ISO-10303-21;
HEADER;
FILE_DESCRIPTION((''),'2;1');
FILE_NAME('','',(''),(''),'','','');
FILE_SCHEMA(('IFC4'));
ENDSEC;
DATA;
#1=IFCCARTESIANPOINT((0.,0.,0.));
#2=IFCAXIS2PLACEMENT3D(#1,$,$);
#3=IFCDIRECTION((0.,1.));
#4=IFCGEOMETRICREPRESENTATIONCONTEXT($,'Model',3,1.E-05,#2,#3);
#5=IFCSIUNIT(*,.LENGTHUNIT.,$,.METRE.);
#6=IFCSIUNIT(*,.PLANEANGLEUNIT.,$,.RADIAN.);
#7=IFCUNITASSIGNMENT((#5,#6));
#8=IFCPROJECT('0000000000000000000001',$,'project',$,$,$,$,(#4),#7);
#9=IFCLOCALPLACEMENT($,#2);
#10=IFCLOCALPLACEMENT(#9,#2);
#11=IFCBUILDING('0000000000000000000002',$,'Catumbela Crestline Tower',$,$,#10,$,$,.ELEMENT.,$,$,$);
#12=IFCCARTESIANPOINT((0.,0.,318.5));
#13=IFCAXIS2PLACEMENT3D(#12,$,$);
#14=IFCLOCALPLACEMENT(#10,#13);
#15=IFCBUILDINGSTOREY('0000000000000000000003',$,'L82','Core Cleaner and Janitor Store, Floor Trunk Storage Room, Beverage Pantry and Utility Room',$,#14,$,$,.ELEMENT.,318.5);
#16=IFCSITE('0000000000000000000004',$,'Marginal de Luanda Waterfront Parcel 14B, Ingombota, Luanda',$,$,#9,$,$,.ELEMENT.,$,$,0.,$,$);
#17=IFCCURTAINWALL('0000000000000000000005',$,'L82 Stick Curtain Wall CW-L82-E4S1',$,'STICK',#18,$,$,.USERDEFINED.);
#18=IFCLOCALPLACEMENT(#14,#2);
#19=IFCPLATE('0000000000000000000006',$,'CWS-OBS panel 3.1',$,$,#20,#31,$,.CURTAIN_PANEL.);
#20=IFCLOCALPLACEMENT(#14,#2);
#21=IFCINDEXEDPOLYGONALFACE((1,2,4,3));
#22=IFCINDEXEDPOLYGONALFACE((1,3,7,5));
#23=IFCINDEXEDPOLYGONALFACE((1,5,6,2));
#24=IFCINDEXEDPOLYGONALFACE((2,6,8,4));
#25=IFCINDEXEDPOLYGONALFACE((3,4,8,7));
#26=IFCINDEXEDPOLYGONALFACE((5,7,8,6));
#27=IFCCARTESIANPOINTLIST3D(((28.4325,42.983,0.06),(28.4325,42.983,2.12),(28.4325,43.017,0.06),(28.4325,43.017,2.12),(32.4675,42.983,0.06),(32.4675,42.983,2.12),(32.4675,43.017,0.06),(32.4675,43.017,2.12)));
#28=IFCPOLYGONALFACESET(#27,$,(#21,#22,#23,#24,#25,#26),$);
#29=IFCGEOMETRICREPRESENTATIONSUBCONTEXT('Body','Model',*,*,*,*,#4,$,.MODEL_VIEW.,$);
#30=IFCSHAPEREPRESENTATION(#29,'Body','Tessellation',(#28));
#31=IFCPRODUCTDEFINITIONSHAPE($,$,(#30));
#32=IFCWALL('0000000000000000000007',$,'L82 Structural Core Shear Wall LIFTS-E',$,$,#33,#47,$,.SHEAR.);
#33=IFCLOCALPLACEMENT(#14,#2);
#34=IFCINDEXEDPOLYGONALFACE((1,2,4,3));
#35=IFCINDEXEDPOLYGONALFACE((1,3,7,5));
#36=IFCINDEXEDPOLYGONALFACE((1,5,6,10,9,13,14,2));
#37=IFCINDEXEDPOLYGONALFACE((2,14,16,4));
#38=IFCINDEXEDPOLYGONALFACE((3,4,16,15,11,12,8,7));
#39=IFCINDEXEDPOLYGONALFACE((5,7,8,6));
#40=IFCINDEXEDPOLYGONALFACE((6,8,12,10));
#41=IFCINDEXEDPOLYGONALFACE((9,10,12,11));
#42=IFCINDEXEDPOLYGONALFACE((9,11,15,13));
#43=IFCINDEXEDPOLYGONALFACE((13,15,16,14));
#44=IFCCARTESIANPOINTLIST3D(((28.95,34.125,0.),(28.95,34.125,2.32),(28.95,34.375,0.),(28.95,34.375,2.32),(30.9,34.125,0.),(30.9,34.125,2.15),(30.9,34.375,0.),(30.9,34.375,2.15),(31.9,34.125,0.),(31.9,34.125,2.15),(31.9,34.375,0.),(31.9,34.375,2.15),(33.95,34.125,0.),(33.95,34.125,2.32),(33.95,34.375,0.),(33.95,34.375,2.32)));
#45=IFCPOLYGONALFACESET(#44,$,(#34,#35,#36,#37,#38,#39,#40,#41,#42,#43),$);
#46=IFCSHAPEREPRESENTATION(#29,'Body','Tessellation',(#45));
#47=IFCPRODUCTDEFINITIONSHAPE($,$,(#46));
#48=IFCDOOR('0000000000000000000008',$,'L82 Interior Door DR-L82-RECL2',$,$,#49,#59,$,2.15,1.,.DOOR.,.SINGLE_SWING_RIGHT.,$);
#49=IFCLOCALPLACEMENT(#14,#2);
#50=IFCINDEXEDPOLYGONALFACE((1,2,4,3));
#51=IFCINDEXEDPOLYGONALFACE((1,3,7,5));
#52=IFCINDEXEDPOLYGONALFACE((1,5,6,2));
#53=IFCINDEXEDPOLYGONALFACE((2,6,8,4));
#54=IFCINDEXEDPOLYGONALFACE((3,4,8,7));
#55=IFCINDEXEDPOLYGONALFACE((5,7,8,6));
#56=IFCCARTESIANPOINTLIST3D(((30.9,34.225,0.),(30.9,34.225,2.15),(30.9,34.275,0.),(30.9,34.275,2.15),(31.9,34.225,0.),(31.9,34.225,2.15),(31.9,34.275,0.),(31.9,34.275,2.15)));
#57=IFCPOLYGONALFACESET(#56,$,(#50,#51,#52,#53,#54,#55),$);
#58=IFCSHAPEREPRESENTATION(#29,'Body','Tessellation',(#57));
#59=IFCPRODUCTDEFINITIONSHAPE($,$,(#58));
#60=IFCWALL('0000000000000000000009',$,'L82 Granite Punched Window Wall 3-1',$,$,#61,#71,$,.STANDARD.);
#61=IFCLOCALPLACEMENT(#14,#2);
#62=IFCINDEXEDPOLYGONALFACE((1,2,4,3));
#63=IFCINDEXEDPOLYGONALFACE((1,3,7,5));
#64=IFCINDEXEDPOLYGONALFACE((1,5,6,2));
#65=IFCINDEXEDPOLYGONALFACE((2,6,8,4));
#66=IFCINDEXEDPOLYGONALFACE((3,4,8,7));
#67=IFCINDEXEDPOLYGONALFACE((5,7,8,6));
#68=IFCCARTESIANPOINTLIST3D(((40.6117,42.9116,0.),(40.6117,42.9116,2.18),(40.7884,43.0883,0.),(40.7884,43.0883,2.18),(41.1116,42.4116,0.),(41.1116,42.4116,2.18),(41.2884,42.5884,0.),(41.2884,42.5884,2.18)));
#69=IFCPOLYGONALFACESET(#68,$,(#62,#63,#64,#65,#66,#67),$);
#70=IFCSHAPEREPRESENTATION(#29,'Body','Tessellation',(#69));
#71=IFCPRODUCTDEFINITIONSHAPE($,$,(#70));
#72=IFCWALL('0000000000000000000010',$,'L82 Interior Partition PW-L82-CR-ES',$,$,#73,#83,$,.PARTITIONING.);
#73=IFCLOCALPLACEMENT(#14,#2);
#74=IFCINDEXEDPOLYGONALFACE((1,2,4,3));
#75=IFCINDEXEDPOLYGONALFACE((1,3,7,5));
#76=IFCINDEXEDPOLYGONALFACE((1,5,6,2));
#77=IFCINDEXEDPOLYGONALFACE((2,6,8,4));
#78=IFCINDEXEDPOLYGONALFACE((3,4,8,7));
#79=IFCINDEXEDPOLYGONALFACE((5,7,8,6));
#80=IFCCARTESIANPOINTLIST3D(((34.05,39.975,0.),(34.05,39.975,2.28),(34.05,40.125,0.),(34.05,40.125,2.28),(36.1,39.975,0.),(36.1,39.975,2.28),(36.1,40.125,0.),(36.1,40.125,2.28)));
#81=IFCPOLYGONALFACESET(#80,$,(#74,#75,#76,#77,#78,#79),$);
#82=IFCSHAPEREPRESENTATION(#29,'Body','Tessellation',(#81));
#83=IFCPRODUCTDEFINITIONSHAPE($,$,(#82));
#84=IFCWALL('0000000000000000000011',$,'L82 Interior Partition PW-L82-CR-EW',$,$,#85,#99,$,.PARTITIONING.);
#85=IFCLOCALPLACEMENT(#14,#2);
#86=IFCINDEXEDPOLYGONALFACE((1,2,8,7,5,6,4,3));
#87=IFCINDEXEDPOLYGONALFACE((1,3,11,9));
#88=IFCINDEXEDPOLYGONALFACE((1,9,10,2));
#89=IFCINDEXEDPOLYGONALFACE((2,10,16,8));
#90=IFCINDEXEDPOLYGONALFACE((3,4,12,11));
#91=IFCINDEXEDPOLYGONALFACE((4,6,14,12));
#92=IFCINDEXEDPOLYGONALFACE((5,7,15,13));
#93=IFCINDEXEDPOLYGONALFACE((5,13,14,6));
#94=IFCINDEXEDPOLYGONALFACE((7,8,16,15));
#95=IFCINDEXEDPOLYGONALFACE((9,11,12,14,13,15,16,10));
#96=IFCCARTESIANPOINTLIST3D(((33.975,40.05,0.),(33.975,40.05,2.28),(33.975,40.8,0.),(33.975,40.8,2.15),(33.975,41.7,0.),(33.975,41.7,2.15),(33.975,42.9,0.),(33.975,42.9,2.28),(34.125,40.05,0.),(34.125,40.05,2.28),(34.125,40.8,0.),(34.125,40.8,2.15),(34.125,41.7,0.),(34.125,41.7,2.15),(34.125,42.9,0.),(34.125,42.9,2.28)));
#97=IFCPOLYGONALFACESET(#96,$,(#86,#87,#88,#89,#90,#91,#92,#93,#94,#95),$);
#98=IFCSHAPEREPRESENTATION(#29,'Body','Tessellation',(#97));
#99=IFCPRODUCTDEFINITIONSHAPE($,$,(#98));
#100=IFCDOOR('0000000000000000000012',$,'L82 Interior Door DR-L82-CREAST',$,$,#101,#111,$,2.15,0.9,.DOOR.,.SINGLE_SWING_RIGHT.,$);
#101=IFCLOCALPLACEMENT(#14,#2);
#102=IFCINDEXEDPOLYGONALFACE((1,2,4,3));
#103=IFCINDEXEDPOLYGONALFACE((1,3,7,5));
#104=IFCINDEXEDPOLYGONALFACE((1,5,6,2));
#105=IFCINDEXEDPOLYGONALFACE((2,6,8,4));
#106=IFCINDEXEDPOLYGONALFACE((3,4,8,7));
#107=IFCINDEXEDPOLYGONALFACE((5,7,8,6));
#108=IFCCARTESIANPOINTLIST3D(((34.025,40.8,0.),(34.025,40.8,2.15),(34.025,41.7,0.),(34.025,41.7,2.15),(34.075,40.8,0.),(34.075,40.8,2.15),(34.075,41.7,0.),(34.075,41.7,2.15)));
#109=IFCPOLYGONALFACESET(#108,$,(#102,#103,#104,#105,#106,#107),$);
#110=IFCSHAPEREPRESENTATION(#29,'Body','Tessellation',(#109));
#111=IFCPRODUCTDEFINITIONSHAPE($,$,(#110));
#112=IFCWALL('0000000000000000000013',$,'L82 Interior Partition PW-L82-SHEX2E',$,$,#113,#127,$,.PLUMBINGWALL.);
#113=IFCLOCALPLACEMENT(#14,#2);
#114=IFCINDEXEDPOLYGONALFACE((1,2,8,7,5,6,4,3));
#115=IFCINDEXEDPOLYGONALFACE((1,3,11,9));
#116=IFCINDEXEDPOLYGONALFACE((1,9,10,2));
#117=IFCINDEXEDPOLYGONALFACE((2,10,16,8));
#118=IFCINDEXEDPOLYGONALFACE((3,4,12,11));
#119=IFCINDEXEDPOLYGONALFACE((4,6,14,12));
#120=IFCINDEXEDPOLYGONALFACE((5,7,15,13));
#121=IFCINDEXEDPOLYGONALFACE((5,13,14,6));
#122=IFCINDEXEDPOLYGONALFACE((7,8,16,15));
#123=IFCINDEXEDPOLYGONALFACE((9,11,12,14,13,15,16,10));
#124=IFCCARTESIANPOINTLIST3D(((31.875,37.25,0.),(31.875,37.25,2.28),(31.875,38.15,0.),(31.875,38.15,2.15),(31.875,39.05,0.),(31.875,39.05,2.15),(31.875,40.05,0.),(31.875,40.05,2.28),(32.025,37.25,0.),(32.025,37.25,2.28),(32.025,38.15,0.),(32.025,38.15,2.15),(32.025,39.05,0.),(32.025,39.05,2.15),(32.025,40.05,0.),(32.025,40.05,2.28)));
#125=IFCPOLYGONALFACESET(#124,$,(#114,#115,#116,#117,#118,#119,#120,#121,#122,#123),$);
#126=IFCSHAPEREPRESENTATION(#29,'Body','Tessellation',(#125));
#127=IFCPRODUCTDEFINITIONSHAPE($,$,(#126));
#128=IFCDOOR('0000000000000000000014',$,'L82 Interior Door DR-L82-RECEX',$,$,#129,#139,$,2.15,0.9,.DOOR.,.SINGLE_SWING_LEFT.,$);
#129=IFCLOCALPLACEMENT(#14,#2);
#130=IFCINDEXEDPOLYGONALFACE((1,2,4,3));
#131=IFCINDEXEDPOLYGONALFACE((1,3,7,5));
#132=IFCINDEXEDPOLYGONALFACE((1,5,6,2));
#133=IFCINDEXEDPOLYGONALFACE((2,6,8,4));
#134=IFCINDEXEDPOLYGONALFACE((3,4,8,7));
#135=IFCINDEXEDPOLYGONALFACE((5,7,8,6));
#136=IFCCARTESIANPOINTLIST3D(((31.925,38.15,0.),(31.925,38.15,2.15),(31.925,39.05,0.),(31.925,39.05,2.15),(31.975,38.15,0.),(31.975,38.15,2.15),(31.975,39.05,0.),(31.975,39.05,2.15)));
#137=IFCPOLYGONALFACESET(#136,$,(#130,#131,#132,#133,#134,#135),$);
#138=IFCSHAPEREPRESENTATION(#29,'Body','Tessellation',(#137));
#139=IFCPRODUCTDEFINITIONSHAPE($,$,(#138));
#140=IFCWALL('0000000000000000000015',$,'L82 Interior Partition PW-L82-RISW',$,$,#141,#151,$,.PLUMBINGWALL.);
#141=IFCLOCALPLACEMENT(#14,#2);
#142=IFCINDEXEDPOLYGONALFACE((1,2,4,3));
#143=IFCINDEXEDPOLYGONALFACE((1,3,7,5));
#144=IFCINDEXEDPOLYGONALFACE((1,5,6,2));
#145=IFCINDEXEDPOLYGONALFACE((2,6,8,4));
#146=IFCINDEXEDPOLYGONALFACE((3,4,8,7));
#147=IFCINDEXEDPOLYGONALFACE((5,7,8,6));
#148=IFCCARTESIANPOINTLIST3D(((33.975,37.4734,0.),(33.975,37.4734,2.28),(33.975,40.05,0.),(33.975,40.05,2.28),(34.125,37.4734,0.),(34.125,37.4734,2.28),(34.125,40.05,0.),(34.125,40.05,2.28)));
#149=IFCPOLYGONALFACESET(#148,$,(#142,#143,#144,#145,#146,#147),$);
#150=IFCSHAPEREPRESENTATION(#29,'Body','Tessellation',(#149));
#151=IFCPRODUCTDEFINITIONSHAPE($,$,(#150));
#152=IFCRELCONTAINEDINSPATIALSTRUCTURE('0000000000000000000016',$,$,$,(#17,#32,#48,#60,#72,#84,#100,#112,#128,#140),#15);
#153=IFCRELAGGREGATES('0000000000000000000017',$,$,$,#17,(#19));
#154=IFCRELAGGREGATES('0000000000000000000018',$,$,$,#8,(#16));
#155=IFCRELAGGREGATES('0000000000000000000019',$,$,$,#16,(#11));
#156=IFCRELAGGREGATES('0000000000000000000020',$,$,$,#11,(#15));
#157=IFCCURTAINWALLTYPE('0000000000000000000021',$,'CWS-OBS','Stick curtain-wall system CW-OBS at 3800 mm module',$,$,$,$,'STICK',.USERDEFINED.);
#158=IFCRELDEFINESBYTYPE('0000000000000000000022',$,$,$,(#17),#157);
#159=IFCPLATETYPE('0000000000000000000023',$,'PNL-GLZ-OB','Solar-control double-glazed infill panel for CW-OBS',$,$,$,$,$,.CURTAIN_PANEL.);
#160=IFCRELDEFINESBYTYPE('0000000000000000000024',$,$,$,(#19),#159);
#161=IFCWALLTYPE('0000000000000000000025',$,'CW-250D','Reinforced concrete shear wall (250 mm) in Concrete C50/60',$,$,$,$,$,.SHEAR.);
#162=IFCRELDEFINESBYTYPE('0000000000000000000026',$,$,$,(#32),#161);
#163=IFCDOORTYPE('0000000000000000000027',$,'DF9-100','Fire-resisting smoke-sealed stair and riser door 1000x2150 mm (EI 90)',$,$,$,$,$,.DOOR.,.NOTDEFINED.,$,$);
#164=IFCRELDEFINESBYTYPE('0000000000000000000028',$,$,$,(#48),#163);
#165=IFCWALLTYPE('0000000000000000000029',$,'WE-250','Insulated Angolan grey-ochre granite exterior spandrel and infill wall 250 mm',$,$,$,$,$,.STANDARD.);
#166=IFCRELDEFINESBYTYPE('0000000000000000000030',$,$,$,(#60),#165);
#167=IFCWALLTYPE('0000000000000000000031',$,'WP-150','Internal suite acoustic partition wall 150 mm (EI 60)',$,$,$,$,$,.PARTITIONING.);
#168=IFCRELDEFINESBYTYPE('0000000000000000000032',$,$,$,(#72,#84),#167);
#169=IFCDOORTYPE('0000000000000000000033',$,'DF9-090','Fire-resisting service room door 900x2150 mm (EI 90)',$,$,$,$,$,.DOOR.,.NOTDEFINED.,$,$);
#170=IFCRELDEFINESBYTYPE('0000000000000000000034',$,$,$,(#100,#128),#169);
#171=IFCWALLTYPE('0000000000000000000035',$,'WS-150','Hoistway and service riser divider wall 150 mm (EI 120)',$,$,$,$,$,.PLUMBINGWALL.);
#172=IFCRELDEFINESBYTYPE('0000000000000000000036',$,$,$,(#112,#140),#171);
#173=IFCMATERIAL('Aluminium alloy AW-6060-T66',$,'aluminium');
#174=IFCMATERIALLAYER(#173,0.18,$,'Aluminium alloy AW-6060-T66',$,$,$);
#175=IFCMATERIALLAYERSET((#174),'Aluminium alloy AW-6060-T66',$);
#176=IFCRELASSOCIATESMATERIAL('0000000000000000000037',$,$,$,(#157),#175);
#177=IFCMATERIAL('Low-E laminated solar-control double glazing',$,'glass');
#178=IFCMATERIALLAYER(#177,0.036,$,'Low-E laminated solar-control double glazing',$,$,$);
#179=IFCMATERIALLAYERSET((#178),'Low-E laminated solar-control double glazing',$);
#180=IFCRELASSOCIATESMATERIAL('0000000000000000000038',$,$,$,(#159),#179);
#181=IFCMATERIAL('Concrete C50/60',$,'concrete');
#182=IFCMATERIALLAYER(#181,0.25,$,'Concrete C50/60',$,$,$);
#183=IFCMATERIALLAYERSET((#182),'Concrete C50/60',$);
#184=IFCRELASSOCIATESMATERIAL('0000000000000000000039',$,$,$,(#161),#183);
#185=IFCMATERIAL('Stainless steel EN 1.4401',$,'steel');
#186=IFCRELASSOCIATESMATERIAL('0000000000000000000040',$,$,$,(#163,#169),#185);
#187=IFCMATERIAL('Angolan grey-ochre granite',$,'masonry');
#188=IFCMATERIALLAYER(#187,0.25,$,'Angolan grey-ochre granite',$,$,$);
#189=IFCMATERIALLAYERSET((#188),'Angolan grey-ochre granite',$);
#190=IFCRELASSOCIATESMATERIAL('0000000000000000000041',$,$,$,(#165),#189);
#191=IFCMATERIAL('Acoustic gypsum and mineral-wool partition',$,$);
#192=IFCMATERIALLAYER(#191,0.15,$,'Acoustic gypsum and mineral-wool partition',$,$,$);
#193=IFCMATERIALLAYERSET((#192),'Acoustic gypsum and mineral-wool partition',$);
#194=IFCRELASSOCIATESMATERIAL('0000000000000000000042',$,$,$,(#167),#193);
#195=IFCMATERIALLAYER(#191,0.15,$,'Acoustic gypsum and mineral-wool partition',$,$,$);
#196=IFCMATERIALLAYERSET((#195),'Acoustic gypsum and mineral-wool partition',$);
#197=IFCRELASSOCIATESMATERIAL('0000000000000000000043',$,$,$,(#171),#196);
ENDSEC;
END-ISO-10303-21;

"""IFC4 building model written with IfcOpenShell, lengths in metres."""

from ifc_helpers import new_model, si_unit, direction, frame, frame_2d, origin, origin_2d, place, context, subcontext, project, spatial, rectangle, extrude, material, layer, layer_set, type_object, element, fill, aggregate, save


model = new_model("IFC4")

# Units and contexts
model_context = context("Model", 3, precision=1e-05, world=origin(), true_north=direction((0.0, 1.0)))
body_context = subcontext(model_context, "Body", "Model", "MODEL_VIEW")
ifc_project = project(units=[si_unit("LENGTHUNIT", "METRE"), si_unit("PLANEANGLEUNIT", "RADIAN")], contexts=[model_context])

# Site, building, storey
site_placement = place(None, origin())
site = spatial("IfcSite", under=ifc_project, at=site_placement, Name="Marginal de Luanda Waterfront Parcel 14B, Ingombota, Luanda", CompositionType="ELEMENT", RefElevation=0.0)
building_placement = place(site_placement, origin())
building = spatial("IfcBuilding", under=site, at=building_placement, Name="Catumbela Crestline Tower", CompositionType="ELEMENT")
storey_placement = place(building_placement, frame((0.0, 0.0, 318.5)))
storey = spatial("IfcBuildingStorey", under=building, at=storey_placement, Name="L82", Description="Core Cleaner and Janitor Store, Floor Trunk Storage Room, Beverage Pantry and Utility Room", CompositionType="ELEMENT", Elevation=318.5)

# Curtain wall
ifc_material_1 = material(Name="Aluminium alloy AW-6060-T66", Category="aluminium")
ifc_layer_1 = layer(ifc_material_1, 0.18, Name="Aluminium alloy AW-6060-T66")
ifc_layer_set_1 = layer_set([ifc_layer_1], Name="Aluminium alloy AW-6060-T66")
curtain_wall_type = type_object("IfcCurtainWallType", Name="CWS-OBS", Description="Stick curtain-wall system CW-OBS at 3800 mm module", ElementType="STICK", PredefinedType="USERDEFINED", material=ifc_layer_set_1)
curtain_wall_1_placement = place(storey_placement, origin())
curtain_wall_1 = element("IfcCurtainWall", 1, at=curtain_wall_1_placement, inside=storey, type_object=curtain_wall_type, Name="L82 Stick Curtain Wall CW-L82-E4S1", ObjectType="STICK", PredefinedType="USERDEFINED")

# Plate
ifc_material_2 = material(Name="Low-E laminated solar-control double glazing", Category="glass")
ifc_layer_2 = layer(ifc_material_2, 0.036, Name="Low-E laminated solar-control double glazing")
ifc_layer_set_2 = layer_set([ifc_layer_2], Name="Low-E laminated solar-control double glazing")
plate_type = type_object("IfcPlateType", Name="PNL-GLZ-OB", Description="Solar-control double-glazed infill panel for CW-OBS", PredefinedType="CURTAIN_PANEL", material=ifc_layer_set_2)
plate_1_placement = place(storey_placement, frame((30.45, 43.0, 0.06), z_axis=(0.0, 0.0, 1.0), x_axis=(-1.0, 0.0, 0.0)))
plate_1 = element("IfcPlate", 2, at=plate_1_placement, type_object=plate_type, Name="CWS-OBS panel 3.1", PredefinedType="CURTAIN_PANEL", context=body_context, shape_type="SweptSolid", body=[
    extrude(rectangle(XDim=4.035, YDim=0.034, at=origin_2d()), origin(), (0.0, 0.0, 1.0), 2.06),
])
aggregate(curtain_wall_1, [plate_1])

# Wall, opening, door
ifc_material_3 = material(Name="Concrete C50/60", Category="concrete")
ifc_layer_3 = layer(ifc_material_3, 0.25, Name="Concrete C50/60")
ifc_layer_set_3 = layer_set([ifc_layer_3], Name="Concrete C50/60")
wall_type_1 = type_object("IfcWallType", Name="CW-250D", Description="Reinforced concrete shear wall (250 mm) in Concrete C50/60", PredefinedType="SHEAR", material=ifc_layer_set_3)
wall_1_placement = place(storey_placement, frame((28.95, 34.25, 0.0), z_axis=(0.0, 0.0, 1.0), x_axis=(1.0, 0.0, 0.0)))
wall_1 = element("IfcWall", 3, at=wall_1_placement, inside=storey, type_object=wall_type_1, Name="L82 Structural Core Shear Wall LIFTS-E", PredefinedType="SHEAR", context=body_context, shape_type="SweptSolid", body=[
    extrude(rectangle(XDim=5.0, YDim=0.25, at=frame_2d((2.5, 0.0))), origin(), (0.0, 0.0, 1.0), 2.32),
])
opening_1_placement = place(wall_1_placement, frame((1.95, 0.0, 0.0)))
opening_1 = element("IfcOpeningElement", 4, at=opening_1_placement, cuts=wall_1, PredefinedType="OPENING", context=body_context, shape_type="SweptSolid", body=[
    extrude(rectangle(XDim=1.0, YDim=2.15, at=frame_2d((0.5, 1.075))), frame((0.0, 0.135, 0.0), z_axis=(0.0, -1.0, 0.0), x_axis=(1.0, 0.0, 0.0)), (0.0, 0.0, 1.0), 0.27),
])
ifc_material_4 = material(Name="Stainless steel EN 1.4401", Category="steel")
door_type_1 = type_object("IfcDoorType", Name="DF9-100", Description="Fire-resisting smoke-sealed stair and riser door 1000x2150 mm (EI 90)", OperationType="NOTDEFINED", PredefinedType="DOOR", material=ifc_material_4)
door_1_placement = place(opening_1_placement, origin())
door_1 = element("IfcDoor", 5, at=door_1_placement, inside=storey, type_object=door_type_1, Name="L82 Interior Door DR-L82-RECL2", OperationType="SINGLE_SWING_RIGHT", OverallHeight=2.15, OverallWidth=1.0, PredefinedType="DOOR", context=body_context, shape_type="SweptSolid", body=[
    extrude(rectangle(XDim=1.0, YDim=2.15, at=frame_2d((0.5, 1.075))), frame((0.0, 0.025, 0.0), z_axis=(0.0, -1.0, 0.0), x_axis=(1.0, 0.0, 0.0)), (0.0, 0.0, 1.0), 0.05),
])
fill(opening_1, door_1)

# Walls
ifc_material_5 = material(Name="Angolan grey-ochre granite", Category="masonry")
ifc_layer_4 = layer(ifc_material_5, 0.25, Name="Angolan grey-ochre granite")
ifc_layer_set_4 = layer_set([ifc_layer_4], Name="Angolan grey-ochre granite")
wall_type_2 = type_object("IfcWallType", Name="WE-250", Description="Insulated Angolan grey-ochre granite exterior spandrel and infill wall 250 mm", PredefinedType="STANDARD", material=ifc_layer_set_4)
wall_2_placement = place(storey_placement, frame((41.2, 42.5, 0.0), z_axis=(0.0, 0.0, 1.0), x_axis=(-0.707107, 0.707107, 0.0)))
element("IfcWall", 6, at=wall_2_placement, inside=storey, type_object=wall_type_2, Name="L82 Granite Punched Window Wall 3-1", PredefinedType="STANDARD", context=body_context, shape_type="SweptSolid", body=[
    extrude(rectangle(XDim=0.7071, YDim=0.25, at=frame_2d((0.3535, 0.0))), origin(), (0.0, 0.0, 1.0), 2.18),
])
ifc_material_6 = material(Name="Acoustic gypsum and mineral-wool partition")
ifc_layer_5 = layer(ifc_material_6, 0.15, Name="Acoustic gypsum and mineral-wool partition")
ifc_layer_set_5 = layer_set([ifc_layer_5], Name="Acoustic gypsum and mineral-wool partition")
wall_type_3 = type_object("IfcWallType", Name="WP-150", Description="Internal suite acoustic partition wall 150 mm (EI 60)", PredefinedType="PARTITIONING", material=ifc_layer_set_5)
wall_3_placement = place(storey_placement, frame((34.05, 40.05, 0.0), z_axis=(0.0, 0.0, 1.0), x_axis=(1.0, 0.0, 0.0)))
element("IfcWall", 7, at=wall_3_placement, inside=storey, type_object=wall_type_3, Name="L82 Interior Partition PW-L82-CR-ES", PredefinedType="PARTITIONING", context=body_context, shape_type="SweptSolid", body=[
    extrude(rectangle(XDim=2.05, YDim=0.15, at=frame_2d((1.025, 0.0))), origin(), (0.0, 0.0, 1.0), 2.28),
])

# Walls, openings, doors
wall_4_placement = place(storey_placement, frame((34.05, 40.05, 0.0), z_axis=(0.0, 0.0, 1.0), x_axis=(0.0, 1.0, 0.0)))
wall_4 = element("IfcWall", 8, at=wall_4_placement, inside=storey, type_object=wall_type_3, Name="L82 Interior Partition PW-L82-CR-EW", PredefinedType="PARTITIONING", context=body_context, shape_type="SweptSolid", body=[
    extrude(rectangle(XDim=2.85, YDim=0.15, at=frame_2d((1.425, 0.0))), origin(), (0.0, 0.0, 1.0), 2.28),
])
opening_2_placement = place(wall_4_placement, frame((0.75, 0.0, 0.0)))
opening_2 = element("IfcOpeningElement", 9, at=opening_2_placement, cuts=wall_4, PredefinedType="OPENING", context=body_context, shape_type="SweptSolid", body=[
    extrude(rectangle(XDim=0.9, YDim=2.15, at=frame_2d((0.45, 1.075))), frame((0.0, 0.085, 0.0), z_axis=(0.0, -1.0, 0.0), x_axis=(1.0, 0.0, 0.0)), (0.0, 0.0, 1.0), 0.17),
])
door_type_2 = type_object("IfcDoorType", Name="DF9-090", Description="Fire-resisting service room door 900x2150 mm (EI 90)", OperationType="NOTDEFINED", PredefinedType="DOOR", material=ifc_material_4)
door_2_placement = place(opening_2_placement, origin())
door_2 = element("IfcDoor", 10, at=door_2_placement, inside=storey, type_object=door_type_2, Name="L82 Interior Door DR-L82-CREAST", OperationType="SINGLE_SWING_RIGHT", OverallHeight=2.15, OverallWidth=0.9, PredefinedType="DOOR", context=body_context, shape_type="SweptSolid", body=[
    extrude(rectangle(XDim=0.9, YDim=2.15, at=frame_2d((0.45, 1.075))), frame((0.0, 0.025, 0.0), z_axis=(0.0, -1.0, 0.0), x_axis=(1.0, 0.0, 0.0)), (0.0, 0.0, 1.0), 0.05),
])
fill(opening_2, door_2)
ifc_layer_6 = layer(ifc_material_6, 0.15, Name="Acoustic gypsum and mineral-wool partition")
ifc_layer_set_6 = layer_set([ifc_layer_6], Name="Acoustic gypsum and mineral-wool partition")
wall_type_4 = type_object("IfcWallType", Name="WS-150", Description="Hoistway and service riser divider wall 150 mm (EI 120)", PredefinedType="PLUMBINGWALL", material=ifc_layer_set_6)
wall_5_placement = place(storey_placement, frame((31.95, 37.25, 0.0), z_axis=(0.0, 0.0, 1.0), x_axis=(0.0, 1.0, 0.0)))
wall_5 = element("IfcWall", 11, at=wall_5_placement, inside=storey, type_object=wall_type_4, Name="L82 Interior Partition PW-L82-SHEX2E", PredefinedType="PLUMBINGWALL", context=body_context, shape_type="SweptSolid", body=[
    extrude(rectangle(XDim=2.8, YDim=0.15, at=frame_2d((1.4, 0.0))), origin(), (0.0, 0.0, 1.0), 2.28),
])
opening_3_placement = place(wall_5_placement, frame((0.9, 0.0, 0.0)))
opening_3 = element("IfcOpeningElement", 12, at=opening_3_placement, cuts=wall_5, PredefinedType="OPENING", context=body_context, shape_type="SweptSolid", body=[
    extrude(rectangle(XDim=0.9, YDim=2.15, at=frame_2d((0.45, 1.075))), frame((0.0, 0.085, 0.0), z_axis=(0.0, -1.0, 0.0), x_axis=(1.0, 0.0, 0.0)), (0.0, 0.0, 1.0), 0.17),
])
door_3_placement = place(opening_3_placement, origin())
door_3 = element("IfcDoor", 13, at=door_3_placement, inside=storey, type_object=door_type_2, Name="L82 Interior Door DR-L82-RECEX", OperationType="SINGLE_SWING_LEFT", OverallHeight=2.15, OverallWidth=0.9, PredefinedType="DOOR", context=body_context, shape_type="SweptSolid", body=[
    extrude(rectangle(XDim=0.9, YDim=2.15, at=frame_2d((0.45, 1.075))), frame((0.0, 0.025, 0.0), z_axis=(0.0, -1.0, 0.0), x_axis=(1.0, 0.0, 0.0)), (0.0, 0.0, 1.0), 0.05),
])
fill(opening_3, door_3)

# Wall
wall_6_placement = place(storey_placement, frame((34.05, 37.4734, 0.0), z_axis=(0.0, 0.0, 1.0), x_axis=(0.0, 1.0, 0.0)))
element("IfcWall", 14, at=wall_6_placement, inside=storey, type_object=wall_type_4, Name="L82 Interior Partition PW-L82-RISW", PredefinedType="PLUMBINGWALL", context=body_context, shape_type="SweptSolid", body=[
    extrude(rectangle(XDim=2.5766, YDim=0.15, at=frame_2d((1.2883, 0.0))), origin(), (0.0, 0.0, 1.0), 2.28),
])

save(model, "model.ifc")
